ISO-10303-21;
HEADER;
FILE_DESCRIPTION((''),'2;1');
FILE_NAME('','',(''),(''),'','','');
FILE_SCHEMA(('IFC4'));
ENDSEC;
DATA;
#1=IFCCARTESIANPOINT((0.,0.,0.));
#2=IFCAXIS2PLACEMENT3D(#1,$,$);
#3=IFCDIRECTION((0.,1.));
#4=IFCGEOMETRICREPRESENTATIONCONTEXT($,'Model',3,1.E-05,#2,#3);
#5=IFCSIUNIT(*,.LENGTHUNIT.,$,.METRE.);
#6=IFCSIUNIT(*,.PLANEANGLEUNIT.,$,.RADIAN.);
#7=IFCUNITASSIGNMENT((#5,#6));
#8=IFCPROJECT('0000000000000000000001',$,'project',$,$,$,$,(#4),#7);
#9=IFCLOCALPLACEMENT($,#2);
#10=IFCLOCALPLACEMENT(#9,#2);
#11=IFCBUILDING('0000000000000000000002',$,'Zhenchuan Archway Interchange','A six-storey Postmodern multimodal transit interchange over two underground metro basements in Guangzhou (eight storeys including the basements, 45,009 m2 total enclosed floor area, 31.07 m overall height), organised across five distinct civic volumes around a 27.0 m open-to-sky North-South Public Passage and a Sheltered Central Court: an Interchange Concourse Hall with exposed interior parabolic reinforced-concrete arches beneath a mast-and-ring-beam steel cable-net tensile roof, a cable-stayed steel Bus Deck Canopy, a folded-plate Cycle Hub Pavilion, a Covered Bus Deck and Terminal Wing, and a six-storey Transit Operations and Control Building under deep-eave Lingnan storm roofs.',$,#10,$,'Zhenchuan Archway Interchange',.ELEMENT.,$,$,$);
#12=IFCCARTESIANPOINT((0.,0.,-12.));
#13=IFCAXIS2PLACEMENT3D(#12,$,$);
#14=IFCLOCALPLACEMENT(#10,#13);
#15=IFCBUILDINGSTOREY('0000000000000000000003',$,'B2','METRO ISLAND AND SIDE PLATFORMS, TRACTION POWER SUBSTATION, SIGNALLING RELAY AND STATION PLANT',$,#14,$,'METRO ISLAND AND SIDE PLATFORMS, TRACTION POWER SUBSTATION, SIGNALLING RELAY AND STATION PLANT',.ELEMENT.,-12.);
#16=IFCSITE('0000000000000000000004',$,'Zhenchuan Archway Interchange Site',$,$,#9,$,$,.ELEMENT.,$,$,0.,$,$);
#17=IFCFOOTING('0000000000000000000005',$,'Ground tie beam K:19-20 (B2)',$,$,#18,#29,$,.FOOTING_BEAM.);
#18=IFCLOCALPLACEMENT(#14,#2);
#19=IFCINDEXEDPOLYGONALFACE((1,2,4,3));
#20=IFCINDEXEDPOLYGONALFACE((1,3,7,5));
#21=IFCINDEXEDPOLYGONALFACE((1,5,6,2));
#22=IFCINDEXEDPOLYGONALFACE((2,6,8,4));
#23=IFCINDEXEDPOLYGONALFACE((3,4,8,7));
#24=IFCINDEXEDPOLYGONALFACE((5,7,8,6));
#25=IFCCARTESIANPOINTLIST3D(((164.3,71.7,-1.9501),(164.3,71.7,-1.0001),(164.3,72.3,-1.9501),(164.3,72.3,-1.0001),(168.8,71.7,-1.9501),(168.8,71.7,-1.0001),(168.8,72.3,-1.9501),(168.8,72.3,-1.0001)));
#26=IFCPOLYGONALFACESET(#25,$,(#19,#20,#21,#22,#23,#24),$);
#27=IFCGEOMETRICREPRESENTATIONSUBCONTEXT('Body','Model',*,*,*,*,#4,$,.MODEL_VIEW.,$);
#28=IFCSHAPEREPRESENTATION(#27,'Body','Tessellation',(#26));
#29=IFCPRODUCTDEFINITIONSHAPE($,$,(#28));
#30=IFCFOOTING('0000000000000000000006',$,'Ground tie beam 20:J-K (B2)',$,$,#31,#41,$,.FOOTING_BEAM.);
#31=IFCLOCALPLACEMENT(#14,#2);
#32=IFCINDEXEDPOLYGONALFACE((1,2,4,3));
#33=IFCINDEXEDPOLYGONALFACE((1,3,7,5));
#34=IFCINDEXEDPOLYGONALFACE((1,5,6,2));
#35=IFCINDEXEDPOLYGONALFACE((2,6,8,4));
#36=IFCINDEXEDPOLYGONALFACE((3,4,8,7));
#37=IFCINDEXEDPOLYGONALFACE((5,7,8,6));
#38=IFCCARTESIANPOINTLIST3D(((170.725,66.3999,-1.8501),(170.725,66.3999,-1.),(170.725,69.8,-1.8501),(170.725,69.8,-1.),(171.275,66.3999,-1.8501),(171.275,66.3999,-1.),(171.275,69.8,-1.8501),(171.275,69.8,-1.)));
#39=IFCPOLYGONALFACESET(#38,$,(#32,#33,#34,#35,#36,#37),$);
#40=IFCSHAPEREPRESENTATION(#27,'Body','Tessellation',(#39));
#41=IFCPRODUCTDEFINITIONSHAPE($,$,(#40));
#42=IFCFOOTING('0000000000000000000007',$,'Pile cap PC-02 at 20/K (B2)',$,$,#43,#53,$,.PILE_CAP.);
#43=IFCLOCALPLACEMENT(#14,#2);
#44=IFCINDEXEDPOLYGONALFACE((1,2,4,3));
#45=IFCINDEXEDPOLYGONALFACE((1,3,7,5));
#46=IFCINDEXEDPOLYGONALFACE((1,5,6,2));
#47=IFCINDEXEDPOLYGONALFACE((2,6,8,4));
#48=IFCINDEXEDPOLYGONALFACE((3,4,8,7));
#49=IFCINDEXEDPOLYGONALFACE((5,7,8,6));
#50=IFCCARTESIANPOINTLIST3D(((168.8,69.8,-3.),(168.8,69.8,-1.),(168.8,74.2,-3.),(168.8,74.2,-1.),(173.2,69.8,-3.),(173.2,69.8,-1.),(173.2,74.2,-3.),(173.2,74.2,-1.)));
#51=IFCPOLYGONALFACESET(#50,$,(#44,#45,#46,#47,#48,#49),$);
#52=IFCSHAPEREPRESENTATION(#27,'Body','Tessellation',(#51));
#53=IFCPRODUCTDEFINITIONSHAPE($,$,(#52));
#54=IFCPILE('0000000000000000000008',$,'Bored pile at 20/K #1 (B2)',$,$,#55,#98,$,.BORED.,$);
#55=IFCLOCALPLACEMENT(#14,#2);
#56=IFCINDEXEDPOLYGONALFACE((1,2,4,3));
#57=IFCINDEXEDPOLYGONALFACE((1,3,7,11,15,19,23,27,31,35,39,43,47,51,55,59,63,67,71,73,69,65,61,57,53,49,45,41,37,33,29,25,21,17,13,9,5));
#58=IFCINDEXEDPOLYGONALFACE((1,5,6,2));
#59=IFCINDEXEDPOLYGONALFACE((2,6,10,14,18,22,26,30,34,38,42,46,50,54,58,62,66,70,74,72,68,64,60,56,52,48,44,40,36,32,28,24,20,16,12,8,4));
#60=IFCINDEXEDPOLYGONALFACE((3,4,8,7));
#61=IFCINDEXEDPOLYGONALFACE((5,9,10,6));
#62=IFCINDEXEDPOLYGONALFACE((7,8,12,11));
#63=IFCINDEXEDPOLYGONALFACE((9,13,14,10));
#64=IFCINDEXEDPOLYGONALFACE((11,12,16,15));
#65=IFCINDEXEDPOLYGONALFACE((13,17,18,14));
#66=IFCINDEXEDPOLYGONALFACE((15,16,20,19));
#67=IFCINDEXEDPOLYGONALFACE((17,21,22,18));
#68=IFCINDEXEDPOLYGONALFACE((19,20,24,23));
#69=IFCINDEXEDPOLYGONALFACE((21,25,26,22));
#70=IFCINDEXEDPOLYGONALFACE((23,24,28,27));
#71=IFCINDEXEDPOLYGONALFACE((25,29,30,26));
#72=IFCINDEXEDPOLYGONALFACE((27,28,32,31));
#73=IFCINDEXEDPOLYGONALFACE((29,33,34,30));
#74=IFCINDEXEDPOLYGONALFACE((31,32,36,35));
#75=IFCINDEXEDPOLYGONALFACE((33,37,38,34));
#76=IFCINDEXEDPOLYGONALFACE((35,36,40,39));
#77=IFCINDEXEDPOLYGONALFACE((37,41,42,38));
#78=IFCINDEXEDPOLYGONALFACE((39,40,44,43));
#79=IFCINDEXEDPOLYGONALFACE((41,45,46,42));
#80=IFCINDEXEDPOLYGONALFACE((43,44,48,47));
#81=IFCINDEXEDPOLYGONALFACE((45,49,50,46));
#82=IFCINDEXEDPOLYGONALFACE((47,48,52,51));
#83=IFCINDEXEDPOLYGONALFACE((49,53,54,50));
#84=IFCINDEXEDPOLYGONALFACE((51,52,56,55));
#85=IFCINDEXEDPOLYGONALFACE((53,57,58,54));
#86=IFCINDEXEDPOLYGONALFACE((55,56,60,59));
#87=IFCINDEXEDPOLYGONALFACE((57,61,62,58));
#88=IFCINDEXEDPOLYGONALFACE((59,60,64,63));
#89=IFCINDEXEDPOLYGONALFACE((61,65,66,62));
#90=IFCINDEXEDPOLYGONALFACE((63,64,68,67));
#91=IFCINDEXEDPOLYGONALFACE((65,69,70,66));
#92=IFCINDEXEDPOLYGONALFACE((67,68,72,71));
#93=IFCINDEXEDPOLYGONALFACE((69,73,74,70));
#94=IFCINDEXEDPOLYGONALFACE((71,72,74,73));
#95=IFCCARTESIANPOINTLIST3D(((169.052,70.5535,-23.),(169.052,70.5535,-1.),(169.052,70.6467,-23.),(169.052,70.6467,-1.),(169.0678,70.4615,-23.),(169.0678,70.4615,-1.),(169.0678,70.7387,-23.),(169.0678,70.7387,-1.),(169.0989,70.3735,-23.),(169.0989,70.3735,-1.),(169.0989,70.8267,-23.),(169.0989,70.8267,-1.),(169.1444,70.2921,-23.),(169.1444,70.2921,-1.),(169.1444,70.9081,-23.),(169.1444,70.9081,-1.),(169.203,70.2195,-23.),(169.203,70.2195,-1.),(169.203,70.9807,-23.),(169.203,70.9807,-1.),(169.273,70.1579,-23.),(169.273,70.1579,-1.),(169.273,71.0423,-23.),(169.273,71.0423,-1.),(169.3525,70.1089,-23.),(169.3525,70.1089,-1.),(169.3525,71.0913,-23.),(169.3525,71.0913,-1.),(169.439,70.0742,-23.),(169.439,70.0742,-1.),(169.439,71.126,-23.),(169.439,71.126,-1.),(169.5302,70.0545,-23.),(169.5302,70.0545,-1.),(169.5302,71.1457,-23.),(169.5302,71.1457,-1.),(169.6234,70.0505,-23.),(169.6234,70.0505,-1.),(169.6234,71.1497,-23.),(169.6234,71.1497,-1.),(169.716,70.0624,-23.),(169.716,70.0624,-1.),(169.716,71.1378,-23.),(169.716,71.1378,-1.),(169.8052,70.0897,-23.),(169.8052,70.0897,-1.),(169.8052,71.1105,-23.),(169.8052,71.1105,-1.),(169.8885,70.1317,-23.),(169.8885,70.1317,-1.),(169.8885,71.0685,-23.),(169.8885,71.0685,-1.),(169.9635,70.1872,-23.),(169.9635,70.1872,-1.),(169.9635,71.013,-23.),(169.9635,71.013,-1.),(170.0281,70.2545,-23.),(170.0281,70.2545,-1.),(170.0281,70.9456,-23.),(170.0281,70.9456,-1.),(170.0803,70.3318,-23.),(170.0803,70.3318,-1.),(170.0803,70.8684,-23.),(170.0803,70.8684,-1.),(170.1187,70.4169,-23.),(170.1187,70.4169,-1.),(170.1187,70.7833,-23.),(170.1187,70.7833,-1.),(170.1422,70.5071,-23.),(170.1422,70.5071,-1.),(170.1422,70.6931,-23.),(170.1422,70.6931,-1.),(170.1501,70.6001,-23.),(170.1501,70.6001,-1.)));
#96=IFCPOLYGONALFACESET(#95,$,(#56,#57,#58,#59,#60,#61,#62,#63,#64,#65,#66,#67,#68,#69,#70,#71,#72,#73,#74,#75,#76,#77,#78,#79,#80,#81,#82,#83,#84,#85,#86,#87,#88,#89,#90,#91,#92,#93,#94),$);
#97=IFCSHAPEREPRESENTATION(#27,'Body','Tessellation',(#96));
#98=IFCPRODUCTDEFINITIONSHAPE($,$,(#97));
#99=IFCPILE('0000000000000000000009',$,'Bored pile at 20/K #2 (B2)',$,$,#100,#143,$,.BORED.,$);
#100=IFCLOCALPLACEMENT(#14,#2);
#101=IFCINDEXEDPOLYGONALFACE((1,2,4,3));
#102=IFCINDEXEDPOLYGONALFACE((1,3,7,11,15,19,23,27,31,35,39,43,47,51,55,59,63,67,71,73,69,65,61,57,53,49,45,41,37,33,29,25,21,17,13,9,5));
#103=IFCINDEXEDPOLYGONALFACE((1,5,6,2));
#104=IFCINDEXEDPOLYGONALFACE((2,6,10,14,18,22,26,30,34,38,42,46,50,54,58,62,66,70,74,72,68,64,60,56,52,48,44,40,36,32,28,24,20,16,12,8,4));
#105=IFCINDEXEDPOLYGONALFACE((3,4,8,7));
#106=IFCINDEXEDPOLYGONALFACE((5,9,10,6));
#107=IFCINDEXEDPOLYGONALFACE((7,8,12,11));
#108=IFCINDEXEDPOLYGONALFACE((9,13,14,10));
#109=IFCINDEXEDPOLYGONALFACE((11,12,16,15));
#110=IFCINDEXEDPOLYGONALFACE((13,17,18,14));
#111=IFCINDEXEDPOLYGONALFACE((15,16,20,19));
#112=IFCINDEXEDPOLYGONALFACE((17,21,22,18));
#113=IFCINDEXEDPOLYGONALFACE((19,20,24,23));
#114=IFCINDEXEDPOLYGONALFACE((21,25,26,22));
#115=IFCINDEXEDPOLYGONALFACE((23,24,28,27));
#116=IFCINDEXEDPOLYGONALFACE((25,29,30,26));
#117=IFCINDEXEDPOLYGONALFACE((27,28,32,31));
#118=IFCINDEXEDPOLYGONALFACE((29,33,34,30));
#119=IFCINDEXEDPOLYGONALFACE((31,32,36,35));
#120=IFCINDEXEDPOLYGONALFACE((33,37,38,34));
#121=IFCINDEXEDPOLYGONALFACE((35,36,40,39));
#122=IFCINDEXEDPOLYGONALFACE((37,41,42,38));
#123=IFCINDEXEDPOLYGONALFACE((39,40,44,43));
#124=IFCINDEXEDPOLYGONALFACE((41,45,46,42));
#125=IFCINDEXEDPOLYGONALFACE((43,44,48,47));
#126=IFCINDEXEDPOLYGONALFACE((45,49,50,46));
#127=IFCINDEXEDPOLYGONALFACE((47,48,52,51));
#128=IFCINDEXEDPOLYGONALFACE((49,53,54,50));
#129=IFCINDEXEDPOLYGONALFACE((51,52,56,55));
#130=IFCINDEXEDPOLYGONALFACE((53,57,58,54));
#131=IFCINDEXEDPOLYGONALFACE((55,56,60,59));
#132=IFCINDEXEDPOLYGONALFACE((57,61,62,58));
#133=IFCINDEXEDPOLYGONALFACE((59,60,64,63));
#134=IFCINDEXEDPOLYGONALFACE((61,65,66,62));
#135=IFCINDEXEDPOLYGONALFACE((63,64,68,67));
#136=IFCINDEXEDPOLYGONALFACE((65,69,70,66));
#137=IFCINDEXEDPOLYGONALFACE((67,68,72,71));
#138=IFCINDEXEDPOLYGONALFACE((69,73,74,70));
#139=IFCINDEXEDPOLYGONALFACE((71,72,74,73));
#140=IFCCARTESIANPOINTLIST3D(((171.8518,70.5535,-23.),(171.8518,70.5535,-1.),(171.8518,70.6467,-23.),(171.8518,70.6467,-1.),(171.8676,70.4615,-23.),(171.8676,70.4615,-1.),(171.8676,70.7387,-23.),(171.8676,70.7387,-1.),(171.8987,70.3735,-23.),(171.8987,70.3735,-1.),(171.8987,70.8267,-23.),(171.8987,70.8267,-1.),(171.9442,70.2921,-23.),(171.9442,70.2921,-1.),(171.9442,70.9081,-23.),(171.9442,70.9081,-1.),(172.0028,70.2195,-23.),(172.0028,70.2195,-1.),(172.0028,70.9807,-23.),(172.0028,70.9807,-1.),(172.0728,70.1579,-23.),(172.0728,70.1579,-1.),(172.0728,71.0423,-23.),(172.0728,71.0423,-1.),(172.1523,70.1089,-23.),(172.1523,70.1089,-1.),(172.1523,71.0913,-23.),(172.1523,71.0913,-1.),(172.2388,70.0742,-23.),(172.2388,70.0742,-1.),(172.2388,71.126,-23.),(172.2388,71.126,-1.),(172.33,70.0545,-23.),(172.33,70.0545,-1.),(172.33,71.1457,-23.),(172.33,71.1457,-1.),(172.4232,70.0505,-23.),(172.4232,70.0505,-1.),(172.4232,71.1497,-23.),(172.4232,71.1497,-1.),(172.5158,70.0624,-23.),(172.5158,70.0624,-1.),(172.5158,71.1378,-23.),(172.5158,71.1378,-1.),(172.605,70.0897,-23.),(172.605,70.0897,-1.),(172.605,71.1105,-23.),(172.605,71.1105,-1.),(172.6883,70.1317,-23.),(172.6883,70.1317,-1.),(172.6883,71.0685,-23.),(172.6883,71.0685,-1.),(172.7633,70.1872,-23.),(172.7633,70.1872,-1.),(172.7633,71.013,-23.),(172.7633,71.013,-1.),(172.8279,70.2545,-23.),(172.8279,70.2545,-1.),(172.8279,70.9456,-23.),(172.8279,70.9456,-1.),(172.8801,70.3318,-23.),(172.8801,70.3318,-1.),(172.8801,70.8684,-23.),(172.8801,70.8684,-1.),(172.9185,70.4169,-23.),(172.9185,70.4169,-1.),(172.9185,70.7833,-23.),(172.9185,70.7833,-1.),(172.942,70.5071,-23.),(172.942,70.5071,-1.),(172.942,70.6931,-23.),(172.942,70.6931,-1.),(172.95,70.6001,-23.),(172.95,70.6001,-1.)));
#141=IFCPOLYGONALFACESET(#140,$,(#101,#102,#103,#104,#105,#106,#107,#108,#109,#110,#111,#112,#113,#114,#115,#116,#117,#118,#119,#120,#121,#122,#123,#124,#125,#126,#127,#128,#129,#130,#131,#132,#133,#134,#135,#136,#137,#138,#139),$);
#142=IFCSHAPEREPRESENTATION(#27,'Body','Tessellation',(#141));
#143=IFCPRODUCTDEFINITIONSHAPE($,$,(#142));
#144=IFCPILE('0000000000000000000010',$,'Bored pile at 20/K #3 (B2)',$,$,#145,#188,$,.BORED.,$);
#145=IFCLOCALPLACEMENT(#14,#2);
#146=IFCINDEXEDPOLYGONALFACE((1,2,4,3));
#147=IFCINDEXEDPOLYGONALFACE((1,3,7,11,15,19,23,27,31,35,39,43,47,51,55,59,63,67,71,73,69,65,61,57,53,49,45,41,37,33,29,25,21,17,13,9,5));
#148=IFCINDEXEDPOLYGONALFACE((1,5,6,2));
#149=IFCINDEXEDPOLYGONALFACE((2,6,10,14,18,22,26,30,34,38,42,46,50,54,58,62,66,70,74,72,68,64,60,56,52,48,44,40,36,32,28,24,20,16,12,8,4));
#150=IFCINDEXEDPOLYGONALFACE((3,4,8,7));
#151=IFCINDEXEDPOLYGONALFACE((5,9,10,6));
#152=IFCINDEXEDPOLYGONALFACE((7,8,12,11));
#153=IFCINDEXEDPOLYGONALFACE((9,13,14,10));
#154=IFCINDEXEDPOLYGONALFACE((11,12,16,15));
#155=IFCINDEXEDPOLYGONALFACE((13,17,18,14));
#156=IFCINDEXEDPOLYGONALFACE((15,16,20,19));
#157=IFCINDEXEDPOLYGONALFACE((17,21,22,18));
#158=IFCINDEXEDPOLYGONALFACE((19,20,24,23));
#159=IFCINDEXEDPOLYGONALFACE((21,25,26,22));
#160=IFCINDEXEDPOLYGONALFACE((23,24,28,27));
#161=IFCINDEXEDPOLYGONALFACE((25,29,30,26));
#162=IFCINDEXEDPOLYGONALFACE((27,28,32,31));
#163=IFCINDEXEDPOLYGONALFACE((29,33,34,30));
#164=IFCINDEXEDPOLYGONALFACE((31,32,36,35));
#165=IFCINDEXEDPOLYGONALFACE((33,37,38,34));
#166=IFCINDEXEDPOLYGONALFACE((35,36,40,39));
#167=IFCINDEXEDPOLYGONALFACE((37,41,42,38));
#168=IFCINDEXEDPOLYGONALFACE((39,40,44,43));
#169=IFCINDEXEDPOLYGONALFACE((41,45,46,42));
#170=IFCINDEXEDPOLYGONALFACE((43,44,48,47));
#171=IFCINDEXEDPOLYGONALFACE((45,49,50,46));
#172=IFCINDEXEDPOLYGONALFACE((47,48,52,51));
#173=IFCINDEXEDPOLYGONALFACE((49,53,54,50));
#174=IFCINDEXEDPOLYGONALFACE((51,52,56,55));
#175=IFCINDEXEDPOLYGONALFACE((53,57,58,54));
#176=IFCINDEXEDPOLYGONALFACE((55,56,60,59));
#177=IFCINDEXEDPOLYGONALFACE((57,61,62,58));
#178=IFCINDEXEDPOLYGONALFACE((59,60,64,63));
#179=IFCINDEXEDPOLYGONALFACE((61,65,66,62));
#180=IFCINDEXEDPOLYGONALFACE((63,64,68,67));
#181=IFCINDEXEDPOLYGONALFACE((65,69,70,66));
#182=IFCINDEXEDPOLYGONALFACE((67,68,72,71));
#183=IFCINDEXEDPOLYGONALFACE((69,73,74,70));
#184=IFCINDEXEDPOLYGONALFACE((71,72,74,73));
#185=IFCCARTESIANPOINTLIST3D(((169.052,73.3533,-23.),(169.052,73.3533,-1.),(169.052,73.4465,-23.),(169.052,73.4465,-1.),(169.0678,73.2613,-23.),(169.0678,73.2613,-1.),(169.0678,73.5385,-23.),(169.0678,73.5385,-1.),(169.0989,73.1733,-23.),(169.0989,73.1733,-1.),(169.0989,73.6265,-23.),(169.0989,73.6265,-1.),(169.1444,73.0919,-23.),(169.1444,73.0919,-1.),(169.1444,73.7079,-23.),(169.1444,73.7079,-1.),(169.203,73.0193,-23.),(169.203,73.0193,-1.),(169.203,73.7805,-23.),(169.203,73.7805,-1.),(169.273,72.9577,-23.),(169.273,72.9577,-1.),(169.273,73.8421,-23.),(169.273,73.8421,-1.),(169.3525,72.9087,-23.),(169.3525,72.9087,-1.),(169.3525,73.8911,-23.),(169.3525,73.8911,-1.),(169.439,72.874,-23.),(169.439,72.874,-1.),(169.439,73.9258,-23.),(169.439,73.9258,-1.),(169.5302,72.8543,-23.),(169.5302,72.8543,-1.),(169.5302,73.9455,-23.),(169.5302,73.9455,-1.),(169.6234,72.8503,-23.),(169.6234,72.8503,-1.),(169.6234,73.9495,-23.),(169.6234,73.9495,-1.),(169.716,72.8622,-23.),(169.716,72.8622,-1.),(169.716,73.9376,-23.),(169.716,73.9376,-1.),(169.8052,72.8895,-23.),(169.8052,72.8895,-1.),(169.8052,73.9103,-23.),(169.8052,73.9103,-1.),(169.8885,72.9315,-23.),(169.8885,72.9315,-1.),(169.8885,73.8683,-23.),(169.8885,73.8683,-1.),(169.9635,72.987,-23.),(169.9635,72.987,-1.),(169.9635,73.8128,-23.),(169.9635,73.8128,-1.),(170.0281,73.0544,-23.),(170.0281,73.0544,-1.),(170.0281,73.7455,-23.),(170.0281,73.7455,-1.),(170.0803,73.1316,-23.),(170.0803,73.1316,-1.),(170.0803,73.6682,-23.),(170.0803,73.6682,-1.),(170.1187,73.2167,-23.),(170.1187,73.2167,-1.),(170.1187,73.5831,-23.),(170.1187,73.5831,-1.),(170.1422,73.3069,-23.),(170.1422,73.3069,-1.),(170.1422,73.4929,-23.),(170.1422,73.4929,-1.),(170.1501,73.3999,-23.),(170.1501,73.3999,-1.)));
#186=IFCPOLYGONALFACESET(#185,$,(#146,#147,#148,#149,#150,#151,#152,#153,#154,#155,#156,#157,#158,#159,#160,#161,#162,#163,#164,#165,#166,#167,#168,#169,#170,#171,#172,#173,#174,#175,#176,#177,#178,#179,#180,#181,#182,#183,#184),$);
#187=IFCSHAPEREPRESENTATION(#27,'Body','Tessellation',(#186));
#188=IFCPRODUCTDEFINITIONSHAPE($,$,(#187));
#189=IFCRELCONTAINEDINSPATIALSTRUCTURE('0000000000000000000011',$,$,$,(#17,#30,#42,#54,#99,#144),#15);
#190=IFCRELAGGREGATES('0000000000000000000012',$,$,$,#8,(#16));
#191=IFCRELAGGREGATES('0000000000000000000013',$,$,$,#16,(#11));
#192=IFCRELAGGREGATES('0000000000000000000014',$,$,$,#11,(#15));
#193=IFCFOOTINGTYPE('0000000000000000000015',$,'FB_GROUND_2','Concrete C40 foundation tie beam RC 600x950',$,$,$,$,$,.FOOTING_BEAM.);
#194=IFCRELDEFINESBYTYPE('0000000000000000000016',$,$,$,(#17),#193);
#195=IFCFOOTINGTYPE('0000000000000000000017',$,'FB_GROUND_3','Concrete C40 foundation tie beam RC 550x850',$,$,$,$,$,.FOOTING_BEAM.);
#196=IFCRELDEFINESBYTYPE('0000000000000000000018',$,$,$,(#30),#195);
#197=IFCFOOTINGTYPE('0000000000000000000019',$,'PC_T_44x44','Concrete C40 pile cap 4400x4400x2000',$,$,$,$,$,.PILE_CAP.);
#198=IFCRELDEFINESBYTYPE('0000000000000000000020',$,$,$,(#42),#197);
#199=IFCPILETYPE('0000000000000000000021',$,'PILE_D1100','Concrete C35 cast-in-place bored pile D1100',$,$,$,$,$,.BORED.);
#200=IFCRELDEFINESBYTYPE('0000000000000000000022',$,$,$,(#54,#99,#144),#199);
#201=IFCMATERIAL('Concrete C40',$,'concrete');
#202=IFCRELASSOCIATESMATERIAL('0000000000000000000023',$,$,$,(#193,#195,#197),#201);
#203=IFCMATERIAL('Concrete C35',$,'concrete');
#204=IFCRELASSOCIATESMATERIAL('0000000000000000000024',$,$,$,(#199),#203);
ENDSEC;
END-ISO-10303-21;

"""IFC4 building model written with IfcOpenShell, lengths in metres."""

from ifc_helpers import new_model, si_unit, direction, frame, origin, origin_2d, place, context, subcontext, project, spatial, rectangle, circle, extrude, material, material_profile, profile_set, type_object, element, save


model = new_model("IFC4")

# Units and contexts
model_context = context("Model", 3, precision=1e-05, world=origin(), true_north=direction((0.0, 1.0)))
body_context = subcontext(model_context, "Body", "Model", "MODEL_VIEW")
ifc_project = project(units=[si_unit("LENGTHUNIT", "METRE"), si_unit("PLANEANGLEUNIT", "RADIAN")], contexts=[model_context])

# Site, building, storey
site_placement = place(None, origin())
site = spatial("IfcSite", under=ifc_project, at=site_placement, Name="Zhenchuan Archway Interchange Site", CompositionType="ELEMENT", RefElevation=0.0)
building_placement = place(site_placement, origin())
building = spatial("IfcBuilding", under=site, at=building_placement, Name="Zhenchuan Archway Interchange", Description="A six-storey Postmodern multimodal transit interchange over two underground metro basements in Guangzhou (eight storeys including the basements, 45,009 m2 total enclosed floor area, 31.07 m overall height), organised across five distinct civic volumes around a 27.0 m open-to-sky North-South Public Passage and a Sheltered Central Court: an Interchange Concourse Hall with exposed interior parabolic reinforced-concrete arches beneath a mast-and-ring-beam steel cable-net tensile roof, a cable-stayed steel Bus Deck Canopy, a folded-plate Cycle Hub Pavilion, a Covered Bus Deck and Terminal Wing, and a six-storey Transit Operations and Control Building under deep-eave Lingnan storm roofs.", LongName="Zhenchuan Archway Interchange", CompositionType="ELEMENT")
storey_placement = place(building_placement, frame((0.0, 0.0, -12.0)))
storey = spatial("IfcBuildingStorey", under=building, at=storey_placement, Name="B2", Description="METRO ISLAND AND SIDE PLATFORMS, TRACTION POWER SUBSTATION, SIGNALLING RELAY AND STATION PLANT", LongName="METRO ISLAND AND SIDE PLATFORMS, TRACTION POWER SUBSTATION, SIGNALLING RELAY AND STATION PLANT", CompositionType="ELEMENT", Elevation=-12.0)

# Footings
ifc_material_1 = material(Name="Concrete C40", Category="concrete")
ifc_material_profile_1 = material_profile(ifc_material_1, rectangle(XDim=0.6001, YDim=0.95, at=origin_2d()), Name="RC 600x950")
ifc_profile_set_1 = profile_set([ifc_material_profile_1], Name="Concrete C40")
footing_type_1 = type_object("IfcFootingType", Name="FB_GROUND_2", Description="Concrete C40 foundation tie beam RC 600x950", PredefinedType="FOOTING_BEAM", material=ifc_profile_set_1)
footing_1_placement = place(storey_placement, frame((164.3, 72.0, -1.4751), z_axis=(1.0, 0.0, 0.0), x_axis=(0.0, 1.0, 0.0)))
element("IfcFooting", 1, at=footing_1_placement, inside=storey, type_object=footing_type_1, Name="Ground tie beam K:19-20 (B2)", PredefinedType="FOOTING_BEAM", context=body_context, shape_type="SweptSolid", body=[
    extrude(rectangle(XDim=0.6001, YDim=0.95, at=origin_2d()), origin(), (0.0, 0.0, 1.0), 4.5),
])
ifc_material_profile_2 = material_profile(ifc_material_1, rectangle(XDim=0.55, YDim=0.8501, at=origin_2d()), Name="RC 550x850")
ifc_profile_set_2 = profile_set([ifc_material_profile_2], Name="Concrete C40")
footing_type_2 = type_object("IfcFootingType", Name="FB_GROUND_3", Description="Concrete C40 foundation tie beam RC 550x850", PredefinedType="FOOTING_BEAM", material=ifc_profile_set_2)
footing_2_placement = place(storey_placement, frame((171.0, 66.3999, -1.425), z_axis=(0.0, 1.0, 0.0), x_axis=(-1.0, 0.0, 0.0)))
element("IfcFooting", 2, at=footing_2_placement, inside=storey, type_object=footing_type_2, Name="Ground tie beam 20:J-K (B2)", PredefinedType="FOOTING_BEAM", context=body_context, shape_type="SweptSolid", body=[
    extrude(rectangle(XDim=0.55, YDim=0.8501, at=origin_2d()), origin(), (0.0, 0.0, 1.0), 3.4001),
])
footing_type_3 = type_object("IfcFootingType", Name="PC_T_44x44", Description="Concrete C40 pile cap 4400x4400x2000", PredefinedType="PILE_CAP", material=ifc_material_1)
footing_3_placement = place(storey_placement, frame((171.0, 72.0, -3.0), z_axis=(0.0, 0.0, 1.0), x_axis=(1.0, 0.0, 0.0)))
element("IfcFooting", 3, at=footing_3_placement, inside=storey, type_object=footing_type_3, Name="Pile cap PC-02 at 20/K (B2)", PredefinedType="PILE_CAP", context=body_context, shape_type="SweptSolid", body=[
    extrude(rectangle(XDim=4.3999, YDim=4.3999, at=origin_2d()), origin(), (0.0, 0.0, 1.0), 2.0),
])

# Piles
ifc_material_2 = material(Name="Concrete C35", Category="concrete")
ifc_material_profile_3 = material_profile(ifc_material_2, circle(Radius=0.55, at=origin_2d()), Name="BORED PILE 1100")
ifc_profile_set_3 = profile_set([ifc_material_profile_3], Name="Concrete C35")
pile_type_1 = type_object("IfcPileType", Name="PILE_D1100", Description="Concrete C35 cast-in-place bored pile D1100", PredefinedType="BORED", material=ifc_profile_set_3)
for number, where, z_axis, x_axis, name in (
    (4, (169.6001, 70.6001, -1.0), (0.0, 0.0, -1.0), (1.0, 0.0, 0.0), "Bored pile at 20/K #1 (B2)"),
    (5, (172.3999, 70.6001, -1.0), (0.0, 0.0, -1.0), (1.0, 0.0, 0.0), "Bored pile at 20/K #2 (B2)"),
    (6, (169.6001, 73.3999, -1.0), (0.0, 0.0, -1.0), (1.0, 0.0, 0.0), "Bored pile at 20/K #3 (B2)"),
):
    element("IfcPile", number, at=place(storey_placement, frame(where, z_axis=z_axis, x_axis=x_axis)), inside=storey, type_object=pile_type_1, Name=name, PredefinedType="BORED", context=body_context, shape_type="SweptSolid", body=[
        extrude(circle(Radius=0.55, at=origin_2d()), origin(), (0.0, 0.0, 1.0), 22.0),
    ])

save(model, "model.ifc")
